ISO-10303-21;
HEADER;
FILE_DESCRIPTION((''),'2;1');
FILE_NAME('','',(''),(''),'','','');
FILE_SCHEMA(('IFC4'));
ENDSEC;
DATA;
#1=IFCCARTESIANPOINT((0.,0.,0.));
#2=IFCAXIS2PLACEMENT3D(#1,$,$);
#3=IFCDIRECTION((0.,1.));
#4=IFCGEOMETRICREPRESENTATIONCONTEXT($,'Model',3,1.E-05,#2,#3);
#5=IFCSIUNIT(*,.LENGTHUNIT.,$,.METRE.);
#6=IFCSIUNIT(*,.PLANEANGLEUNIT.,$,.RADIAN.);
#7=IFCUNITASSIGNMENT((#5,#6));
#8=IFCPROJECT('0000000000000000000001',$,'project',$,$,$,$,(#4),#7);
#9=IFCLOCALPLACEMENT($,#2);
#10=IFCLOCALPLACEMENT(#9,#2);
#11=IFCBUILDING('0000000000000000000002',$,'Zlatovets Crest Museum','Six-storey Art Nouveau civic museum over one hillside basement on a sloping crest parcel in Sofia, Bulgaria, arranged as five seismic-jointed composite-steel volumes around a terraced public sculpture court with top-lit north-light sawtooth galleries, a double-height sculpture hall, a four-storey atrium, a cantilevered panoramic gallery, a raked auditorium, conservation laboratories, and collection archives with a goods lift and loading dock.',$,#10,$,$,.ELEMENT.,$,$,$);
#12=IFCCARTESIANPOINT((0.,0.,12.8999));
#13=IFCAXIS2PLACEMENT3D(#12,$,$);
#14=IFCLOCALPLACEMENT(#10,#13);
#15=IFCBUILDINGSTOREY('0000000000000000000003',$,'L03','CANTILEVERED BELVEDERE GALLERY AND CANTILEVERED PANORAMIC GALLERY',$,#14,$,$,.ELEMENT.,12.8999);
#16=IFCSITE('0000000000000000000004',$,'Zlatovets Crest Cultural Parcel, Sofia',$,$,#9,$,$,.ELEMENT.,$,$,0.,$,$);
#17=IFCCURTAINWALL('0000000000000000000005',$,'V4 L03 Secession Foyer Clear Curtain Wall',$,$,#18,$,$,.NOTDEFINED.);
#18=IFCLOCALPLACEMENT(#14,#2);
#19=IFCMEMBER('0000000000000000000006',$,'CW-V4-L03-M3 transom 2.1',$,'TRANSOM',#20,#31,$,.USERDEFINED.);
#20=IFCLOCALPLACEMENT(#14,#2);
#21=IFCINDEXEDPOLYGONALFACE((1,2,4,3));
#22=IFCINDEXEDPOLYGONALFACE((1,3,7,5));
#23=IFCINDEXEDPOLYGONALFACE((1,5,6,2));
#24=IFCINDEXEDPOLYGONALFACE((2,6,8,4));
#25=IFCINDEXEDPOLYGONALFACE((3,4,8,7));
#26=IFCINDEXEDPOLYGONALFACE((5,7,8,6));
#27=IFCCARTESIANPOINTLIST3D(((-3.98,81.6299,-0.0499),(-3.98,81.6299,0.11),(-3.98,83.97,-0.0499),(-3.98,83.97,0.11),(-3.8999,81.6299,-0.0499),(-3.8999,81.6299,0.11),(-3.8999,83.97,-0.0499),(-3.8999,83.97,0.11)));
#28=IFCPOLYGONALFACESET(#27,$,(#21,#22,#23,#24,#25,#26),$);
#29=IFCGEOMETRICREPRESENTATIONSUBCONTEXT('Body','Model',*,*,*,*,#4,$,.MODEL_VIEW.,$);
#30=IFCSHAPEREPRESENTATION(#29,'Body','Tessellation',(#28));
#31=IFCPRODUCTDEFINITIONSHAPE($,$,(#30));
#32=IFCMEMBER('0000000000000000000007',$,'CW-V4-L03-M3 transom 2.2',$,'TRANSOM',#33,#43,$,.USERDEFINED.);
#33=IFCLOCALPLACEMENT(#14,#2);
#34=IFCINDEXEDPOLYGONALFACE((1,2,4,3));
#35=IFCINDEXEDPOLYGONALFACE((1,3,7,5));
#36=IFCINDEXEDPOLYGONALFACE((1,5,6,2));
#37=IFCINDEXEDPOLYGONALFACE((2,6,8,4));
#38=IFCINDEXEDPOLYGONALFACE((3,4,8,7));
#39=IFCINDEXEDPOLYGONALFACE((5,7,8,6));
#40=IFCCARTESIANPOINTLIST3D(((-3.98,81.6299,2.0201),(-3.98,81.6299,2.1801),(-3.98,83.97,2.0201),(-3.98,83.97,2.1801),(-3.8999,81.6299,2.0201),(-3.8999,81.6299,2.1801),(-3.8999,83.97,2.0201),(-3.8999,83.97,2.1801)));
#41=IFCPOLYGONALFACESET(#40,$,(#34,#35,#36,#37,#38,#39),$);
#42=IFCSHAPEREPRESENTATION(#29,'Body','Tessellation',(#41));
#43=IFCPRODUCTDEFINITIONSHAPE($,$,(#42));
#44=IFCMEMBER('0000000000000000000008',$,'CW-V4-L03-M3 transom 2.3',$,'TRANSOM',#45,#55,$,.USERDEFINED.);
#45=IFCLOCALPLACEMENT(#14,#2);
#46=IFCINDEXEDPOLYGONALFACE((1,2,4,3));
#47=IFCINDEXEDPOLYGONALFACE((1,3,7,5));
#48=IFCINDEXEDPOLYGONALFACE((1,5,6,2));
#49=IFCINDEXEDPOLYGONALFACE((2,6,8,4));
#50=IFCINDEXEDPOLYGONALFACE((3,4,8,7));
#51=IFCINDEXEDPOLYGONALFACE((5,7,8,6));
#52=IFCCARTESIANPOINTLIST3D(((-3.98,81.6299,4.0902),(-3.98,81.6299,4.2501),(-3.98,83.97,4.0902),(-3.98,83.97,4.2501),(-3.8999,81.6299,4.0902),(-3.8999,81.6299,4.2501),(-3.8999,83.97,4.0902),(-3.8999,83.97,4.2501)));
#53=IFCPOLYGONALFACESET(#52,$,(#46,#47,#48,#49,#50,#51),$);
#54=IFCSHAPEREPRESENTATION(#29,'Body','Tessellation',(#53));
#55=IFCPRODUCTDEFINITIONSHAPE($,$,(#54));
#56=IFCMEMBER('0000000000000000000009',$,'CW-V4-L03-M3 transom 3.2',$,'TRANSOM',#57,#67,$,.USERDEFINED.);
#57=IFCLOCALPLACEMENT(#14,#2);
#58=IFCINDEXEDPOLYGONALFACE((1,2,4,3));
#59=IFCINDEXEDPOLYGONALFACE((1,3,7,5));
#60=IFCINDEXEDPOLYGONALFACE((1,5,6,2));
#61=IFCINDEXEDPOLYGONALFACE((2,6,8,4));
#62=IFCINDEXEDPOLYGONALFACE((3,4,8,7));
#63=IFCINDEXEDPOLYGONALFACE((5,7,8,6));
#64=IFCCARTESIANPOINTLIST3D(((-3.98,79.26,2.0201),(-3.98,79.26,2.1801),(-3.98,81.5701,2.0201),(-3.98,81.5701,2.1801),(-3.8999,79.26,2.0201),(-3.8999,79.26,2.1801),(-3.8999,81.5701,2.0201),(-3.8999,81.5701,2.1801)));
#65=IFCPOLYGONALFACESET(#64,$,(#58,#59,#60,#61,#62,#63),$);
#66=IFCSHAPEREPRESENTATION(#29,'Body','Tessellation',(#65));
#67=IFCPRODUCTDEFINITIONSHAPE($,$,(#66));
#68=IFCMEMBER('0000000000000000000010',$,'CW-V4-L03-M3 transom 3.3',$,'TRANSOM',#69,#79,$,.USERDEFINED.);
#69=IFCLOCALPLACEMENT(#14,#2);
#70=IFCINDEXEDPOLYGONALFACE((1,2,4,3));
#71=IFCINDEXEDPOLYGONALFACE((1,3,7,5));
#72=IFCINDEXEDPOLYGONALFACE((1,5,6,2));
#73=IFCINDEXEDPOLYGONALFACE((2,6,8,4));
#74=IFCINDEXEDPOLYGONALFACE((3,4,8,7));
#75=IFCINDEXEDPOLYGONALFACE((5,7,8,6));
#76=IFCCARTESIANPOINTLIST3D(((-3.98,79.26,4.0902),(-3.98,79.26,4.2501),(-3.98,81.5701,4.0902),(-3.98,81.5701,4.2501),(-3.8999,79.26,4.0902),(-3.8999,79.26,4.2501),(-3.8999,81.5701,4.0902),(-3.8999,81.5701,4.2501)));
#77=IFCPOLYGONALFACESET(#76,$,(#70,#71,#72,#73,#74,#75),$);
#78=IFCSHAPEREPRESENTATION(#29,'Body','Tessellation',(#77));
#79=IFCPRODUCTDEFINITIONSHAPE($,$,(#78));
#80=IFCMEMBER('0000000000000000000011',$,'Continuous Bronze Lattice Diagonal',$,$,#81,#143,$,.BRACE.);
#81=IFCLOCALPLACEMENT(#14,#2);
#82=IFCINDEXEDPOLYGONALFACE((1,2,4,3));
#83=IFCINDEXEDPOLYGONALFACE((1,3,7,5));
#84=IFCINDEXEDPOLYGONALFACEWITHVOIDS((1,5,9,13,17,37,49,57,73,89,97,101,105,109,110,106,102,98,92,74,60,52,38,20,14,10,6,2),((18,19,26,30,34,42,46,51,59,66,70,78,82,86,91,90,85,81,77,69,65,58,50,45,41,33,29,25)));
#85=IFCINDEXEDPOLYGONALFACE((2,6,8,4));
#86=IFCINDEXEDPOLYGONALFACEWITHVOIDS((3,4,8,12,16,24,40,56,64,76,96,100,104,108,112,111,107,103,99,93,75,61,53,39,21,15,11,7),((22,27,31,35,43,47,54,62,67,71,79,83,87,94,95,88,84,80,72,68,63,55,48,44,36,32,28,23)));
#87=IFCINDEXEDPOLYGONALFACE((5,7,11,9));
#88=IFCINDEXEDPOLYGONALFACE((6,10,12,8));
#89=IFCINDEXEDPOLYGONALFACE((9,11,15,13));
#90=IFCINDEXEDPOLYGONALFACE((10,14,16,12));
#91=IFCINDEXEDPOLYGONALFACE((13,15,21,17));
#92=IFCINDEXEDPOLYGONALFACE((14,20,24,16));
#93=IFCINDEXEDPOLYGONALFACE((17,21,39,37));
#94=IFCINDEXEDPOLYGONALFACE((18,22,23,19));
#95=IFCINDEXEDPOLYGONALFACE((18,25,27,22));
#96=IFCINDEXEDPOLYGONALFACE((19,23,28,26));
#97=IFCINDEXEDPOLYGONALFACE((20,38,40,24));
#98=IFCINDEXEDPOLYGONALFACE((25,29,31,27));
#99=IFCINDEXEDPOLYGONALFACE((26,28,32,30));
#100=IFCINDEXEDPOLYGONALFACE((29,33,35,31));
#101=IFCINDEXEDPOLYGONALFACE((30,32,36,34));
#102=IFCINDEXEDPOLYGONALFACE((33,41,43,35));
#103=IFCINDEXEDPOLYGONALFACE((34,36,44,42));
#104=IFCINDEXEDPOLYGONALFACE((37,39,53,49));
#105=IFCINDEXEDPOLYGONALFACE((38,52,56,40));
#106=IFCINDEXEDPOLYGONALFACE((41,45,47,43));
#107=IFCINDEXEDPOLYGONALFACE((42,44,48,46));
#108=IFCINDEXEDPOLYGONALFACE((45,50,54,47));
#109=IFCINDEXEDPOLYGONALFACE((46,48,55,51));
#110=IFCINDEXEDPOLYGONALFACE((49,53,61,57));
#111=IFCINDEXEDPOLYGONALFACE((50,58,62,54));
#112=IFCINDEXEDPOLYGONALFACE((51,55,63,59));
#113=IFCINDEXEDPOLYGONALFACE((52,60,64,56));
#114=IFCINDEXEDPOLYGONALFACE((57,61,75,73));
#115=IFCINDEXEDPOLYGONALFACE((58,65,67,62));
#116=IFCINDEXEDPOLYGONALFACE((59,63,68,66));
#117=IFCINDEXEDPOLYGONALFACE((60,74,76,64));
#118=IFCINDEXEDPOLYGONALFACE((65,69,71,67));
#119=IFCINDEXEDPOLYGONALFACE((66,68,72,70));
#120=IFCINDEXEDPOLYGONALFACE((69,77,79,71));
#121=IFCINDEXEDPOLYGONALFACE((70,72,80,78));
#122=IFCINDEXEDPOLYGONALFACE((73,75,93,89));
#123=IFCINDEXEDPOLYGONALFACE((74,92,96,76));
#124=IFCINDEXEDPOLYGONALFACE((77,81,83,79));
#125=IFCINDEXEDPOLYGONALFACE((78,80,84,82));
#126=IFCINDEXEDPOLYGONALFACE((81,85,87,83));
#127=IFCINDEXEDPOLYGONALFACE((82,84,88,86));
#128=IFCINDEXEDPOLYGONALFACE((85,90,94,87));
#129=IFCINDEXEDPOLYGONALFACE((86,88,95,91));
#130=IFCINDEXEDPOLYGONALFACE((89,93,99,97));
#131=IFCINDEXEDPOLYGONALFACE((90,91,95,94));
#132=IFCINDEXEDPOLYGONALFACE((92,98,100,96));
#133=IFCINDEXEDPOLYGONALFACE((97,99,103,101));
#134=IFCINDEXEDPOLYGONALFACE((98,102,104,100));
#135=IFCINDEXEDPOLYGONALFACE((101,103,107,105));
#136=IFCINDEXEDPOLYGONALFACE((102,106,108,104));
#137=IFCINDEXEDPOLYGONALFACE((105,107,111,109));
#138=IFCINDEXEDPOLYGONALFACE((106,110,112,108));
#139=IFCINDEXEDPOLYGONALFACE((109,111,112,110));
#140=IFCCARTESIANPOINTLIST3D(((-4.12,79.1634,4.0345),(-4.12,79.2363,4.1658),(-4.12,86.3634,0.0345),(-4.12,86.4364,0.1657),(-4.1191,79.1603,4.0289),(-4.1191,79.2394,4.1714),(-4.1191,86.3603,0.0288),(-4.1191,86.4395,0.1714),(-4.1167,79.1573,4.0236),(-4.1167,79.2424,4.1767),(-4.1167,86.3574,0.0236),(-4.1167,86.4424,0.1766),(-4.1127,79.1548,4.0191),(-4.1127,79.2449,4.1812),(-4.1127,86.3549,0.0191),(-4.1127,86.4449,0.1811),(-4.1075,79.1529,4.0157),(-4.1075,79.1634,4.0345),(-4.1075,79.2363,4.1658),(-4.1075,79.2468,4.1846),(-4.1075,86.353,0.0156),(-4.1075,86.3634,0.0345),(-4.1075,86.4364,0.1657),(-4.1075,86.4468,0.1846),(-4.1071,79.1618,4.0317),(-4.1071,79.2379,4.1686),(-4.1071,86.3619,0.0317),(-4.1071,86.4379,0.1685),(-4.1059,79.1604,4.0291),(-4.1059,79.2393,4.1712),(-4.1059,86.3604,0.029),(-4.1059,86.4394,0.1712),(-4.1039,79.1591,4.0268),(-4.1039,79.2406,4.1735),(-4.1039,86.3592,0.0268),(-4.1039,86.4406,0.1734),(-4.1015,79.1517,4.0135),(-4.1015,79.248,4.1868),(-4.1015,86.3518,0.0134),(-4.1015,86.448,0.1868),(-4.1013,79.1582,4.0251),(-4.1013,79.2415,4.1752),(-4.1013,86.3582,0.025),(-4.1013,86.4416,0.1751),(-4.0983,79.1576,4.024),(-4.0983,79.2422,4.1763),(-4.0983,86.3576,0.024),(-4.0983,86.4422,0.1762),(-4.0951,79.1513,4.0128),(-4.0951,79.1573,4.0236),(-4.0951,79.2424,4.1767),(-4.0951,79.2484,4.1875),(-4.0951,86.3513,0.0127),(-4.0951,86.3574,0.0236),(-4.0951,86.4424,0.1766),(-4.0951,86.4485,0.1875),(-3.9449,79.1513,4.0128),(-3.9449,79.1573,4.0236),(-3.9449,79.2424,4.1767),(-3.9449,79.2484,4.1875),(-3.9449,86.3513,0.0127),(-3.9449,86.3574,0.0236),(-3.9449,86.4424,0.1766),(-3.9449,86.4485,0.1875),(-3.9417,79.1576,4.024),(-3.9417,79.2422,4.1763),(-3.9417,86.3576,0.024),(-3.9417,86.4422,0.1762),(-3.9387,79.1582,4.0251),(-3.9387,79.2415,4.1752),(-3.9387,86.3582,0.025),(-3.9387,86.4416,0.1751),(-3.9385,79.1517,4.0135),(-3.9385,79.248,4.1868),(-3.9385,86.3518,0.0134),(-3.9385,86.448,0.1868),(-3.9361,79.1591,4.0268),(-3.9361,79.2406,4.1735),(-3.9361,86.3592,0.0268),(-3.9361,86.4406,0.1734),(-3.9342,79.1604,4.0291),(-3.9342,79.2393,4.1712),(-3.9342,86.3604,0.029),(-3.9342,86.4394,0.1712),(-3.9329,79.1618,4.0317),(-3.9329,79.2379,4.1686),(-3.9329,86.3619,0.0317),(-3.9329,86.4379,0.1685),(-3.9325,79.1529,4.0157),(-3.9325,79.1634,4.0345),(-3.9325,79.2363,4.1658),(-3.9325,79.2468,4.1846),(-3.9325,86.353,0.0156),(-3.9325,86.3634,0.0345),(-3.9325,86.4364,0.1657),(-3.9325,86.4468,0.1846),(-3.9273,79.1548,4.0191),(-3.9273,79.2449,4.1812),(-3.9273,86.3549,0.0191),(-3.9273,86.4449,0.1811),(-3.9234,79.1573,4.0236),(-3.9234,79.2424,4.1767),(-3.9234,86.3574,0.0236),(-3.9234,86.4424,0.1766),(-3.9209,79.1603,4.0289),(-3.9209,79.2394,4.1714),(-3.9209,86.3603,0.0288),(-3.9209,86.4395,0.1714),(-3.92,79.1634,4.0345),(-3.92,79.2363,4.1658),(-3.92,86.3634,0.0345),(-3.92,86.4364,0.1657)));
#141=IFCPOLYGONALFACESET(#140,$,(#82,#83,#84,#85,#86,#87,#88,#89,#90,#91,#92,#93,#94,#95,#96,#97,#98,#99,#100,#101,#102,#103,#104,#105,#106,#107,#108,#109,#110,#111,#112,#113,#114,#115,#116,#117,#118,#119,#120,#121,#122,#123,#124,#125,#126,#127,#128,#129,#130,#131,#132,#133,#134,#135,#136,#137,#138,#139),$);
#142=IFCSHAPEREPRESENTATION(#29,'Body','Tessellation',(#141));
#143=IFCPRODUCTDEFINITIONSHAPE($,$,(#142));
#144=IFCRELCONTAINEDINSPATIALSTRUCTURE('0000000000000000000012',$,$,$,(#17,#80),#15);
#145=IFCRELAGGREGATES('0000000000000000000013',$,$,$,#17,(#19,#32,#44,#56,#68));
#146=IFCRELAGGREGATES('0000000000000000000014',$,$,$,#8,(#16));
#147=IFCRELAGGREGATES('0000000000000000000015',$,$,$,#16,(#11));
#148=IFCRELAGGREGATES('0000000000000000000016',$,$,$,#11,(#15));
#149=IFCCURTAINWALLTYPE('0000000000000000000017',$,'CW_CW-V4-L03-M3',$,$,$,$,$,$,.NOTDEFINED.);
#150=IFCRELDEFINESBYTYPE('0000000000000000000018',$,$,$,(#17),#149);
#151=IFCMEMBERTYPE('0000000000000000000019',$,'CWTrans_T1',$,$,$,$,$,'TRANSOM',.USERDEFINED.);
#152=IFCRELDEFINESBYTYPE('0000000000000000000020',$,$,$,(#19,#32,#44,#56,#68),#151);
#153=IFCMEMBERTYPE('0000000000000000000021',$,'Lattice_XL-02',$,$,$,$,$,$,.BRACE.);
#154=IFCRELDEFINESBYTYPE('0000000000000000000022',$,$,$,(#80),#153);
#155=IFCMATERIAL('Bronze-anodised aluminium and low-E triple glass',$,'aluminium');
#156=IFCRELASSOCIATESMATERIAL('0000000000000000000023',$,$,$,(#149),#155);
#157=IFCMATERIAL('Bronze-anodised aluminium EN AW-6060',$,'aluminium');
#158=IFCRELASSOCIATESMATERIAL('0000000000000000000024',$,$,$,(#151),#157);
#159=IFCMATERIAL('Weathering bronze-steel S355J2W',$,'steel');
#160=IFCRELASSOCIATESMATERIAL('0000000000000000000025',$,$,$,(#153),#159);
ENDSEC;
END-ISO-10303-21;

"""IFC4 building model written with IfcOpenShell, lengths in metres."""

from ifc_helpers import new_model, si_unit, direction, frame, origin, origin_2d, place, context, subcontext, project, spatial, rectangle, hollow_rectangle, extrude, material, material_profile, profile_set, type_object, element, aggregate, save


model = new_model("IFC4")

# Units and contexts
model_context = context("Model", 3, precision=1e-05, world=origin(), true_north=direction((0.0, 1.0)))
body_context = subcontext(model_context, "Body", "Model", "MODEL_VIEW")
ifc_project = project(units=[si_unit("LENGTHUNIT", "METRE"), si_unit("PLANEANGLEUNIT", "RADIAN")], contexts=[model_context])

# Site, building, storey
site_placement = place(None, origin())
site = spatial("IfcSite", under=ifc_project, at=site_placement, Name="Zlatovets Crest Cultural Parcel, Sofia", CompositionType="ELEMENT", RefElevation=0.0)
building_placement = place(site_placement, origin())
building = spatial("IfcBuilding", under=site, at=building_placement, Name="Zlatovets Crest Museum", Description="Six-storey Art Nouveau civic museum over one hillside basement on a sloping crest parcel in Sofia, Bulgaria, arranged as five seismic-jointed composite-steel volumes around a terraced public sculpture court with top-lit north-light sawtooth galleries, a double-height sculpture hall, a four-storey atrium, a cantilevered panoramic gallery, a raked auditorium, conservation laboratories, and collection archives with a goods lift and loading dock.", CompositionType="ELEMENT")
storey_placement = place(building_placement, frame((0.0, 0.0, 12.8999)))
storey = spatial("IfcBuildingStorey", under=building, at=storey_placement, Name="L03", Description="CANTILEVERED BELVEDERE GALLERY AND CANTILEVERED PANORAMIC GALLERY", CompositionType="ELEMENT", Elevation=12.8999)

# Shared definitions
ifc_material_1 = material(Name="Bronze-anodised aluminium and low-E triple glass", Category="aluminium")
ifc_material_2 = material(Name="Bronze-anodised aluminium EN AW-6060", Category="aluminium")

# Curtain wall, members
curtain_wall_type_1 = type_object("IfcCurtainWallType", Name="CW_CW-V4-L03-M3", PredefinedType="NOTDEFINED", material=ifc_material_1)
curtain_wall_1_placement = place(storey_placement, origin())
curtain_wall_1 = element("IfcCurtainWall", 1, at=curtain_wall_1_placement, inside=storey, type_object=curtain_wall_type_1, Name="V4 L03 Secession Foyer Clear Curtain Wall", PredefinedType="NOTDEFINED")
ifc_material_profile_1 = material_profile(ifc_material_2, rectangle(XDim=0.0801, YDim=0.1599, at=origin_2d()), Name="ALU 80x160")
ifc_profile_set_1 = profile_set([ifc_material_profile_1], Name="Bronze-anodised aluminium EN AW-6060")
member_type_1 = type_object("IfcMemberType", Name="CWTrans_T1", ElementType="TRANSOM", PredefinedType="USERDEFINED", material=ifc_profile_set_1)
member_1_placement = place(storey_placement, frame((-3.9399, 83.97, 0.03), z_axis=(0.0, -1.0, 0.0), x_axis=(1.0, 0.0, 0.0)))
member_1 = element("IfcMember", 2, at=member_1_placement, type_object=member_type_1, Name="CW-V4-L03-M3 transom 2.1", ObjectType="TRANSOM", PredefinedType="USERDEFINED", context=body_context, shape_type="SweptSolid", body=[
    extrude(rectangle(XDim=0.0801, YDim=0.1599, at=origin_2d()), origin(), (0.0, 0.0, 1.0), 2.3401),
])
member_2_placement = place(storey_placement, frame((-3.9399, 83.97, 2.1001), z_axis=(0.0, -1.0, 0.0), x_axis=(1.0, 0.0, 0.0)))
member_2 = element("IfcMember", 3, at=member_2_placement, type_object=member_type_1, Name="CW-V4-L03-M3 transom 2.2", ObjectType="TRANSOM", PredefinedType="USERDEFINED", context=body_context, shape_type="SweptSolid", body=[
    extrude(rectangle(XDim=0.0801, YDim=0.1599, at=origin_2d()), origin(), (0.0, 0.0, 1.0), 2.3401),
])
member_3_placement = place(storey_placement, frame((-3.9399, 83.97, 4.1702), z_axis=(0.0, -1.0, 0.0), x_axis=(1.0, 0.0, 0.0)))
member_3 = element("IfcMember", 4, at=member_3_placement, type_object=member_type_1, Name="CW-V4-L03-M3 transom 2.3", ObjectType="TRANSOM", PredefinedType="USERDEFINED", context=body_context, shape_type="SweptSolid", body=[
    extrude(rectangle(XDim=0.0801, YDim=0.1599, at=origin_2d()), origin(), (0.0, 0.0, 1.0), 2.3401),
])
member_4_placement = place(storey_placement, frame((-3.9399, 81.5701, 2.1001), z_axis=(0.0, -1.0, 0.0), x_axis=(1.0, 0.0, 0.0)))
member_4 = element("IfcMember", 5, at=member_4_placement, type_object=member_type_1, Name="CW-V4-L03-M3 transom 3.2", ObjectType="TRANSOM", PredefinedType="USERDEFINED", context=body_context, shape_type="SweptSolid", body=[
    extrude(rectangle(XDim=0.0801, YDim=0.1599, at=origin_2d()), origin(), (0.0, 0.0, 1.0), 2.3101),
])
member_5_placement = place(storey_placement, frame((-3.9399, 81.5701, 4.1702), z_axis=(0.0, -1.0, 0.0), x_axis=(1.0, 0.0, 0.0)))
member_5 = element("IfcMember", 6, at=member_5_placement, type_object=member_type_1, Name="CW-V4-L03-M3 transom 3.3", ObjectType="TRANSOM", PredefinedType="USERDEFINED", context=body_context, shape_type="SweptSolid", body=[
    extrude(rectangle(XDim=0.0801, YDim=0.1599, at=origin_2d()), origin(), (0.0, 0.0, 1.0), 2.3101),
])

# Member
ifc_material_3 = material(Name="Weathering bronze-steel S355J2W", Category="steel")
ifc_material_profile_2 = material_profile(ifc_material_3, hollow_rectangle(XDim=0.2, YDim=0.2, WallThickness=0.0125, InnerFilletRadius=0.0125, OuterFilletRadius=0.0249, at=origin_2d()), Name="SHS 200x200x12.5")
ifc_profile_set_2 = profile_set([ifc_material_profile_2], Name="Weathering bronze-steel S355J2W")
member_type_2 = type_object("IfcMemberType", Name="Lattice_XL-02", PredefinedType="BRACE", material=ifc_profile_set_2)
member_6_placement = place(storey_placement, frame((-4.02, 86.3999, 0.1001), z_axis=(0.0, -0.874156, 0.485645), x_axis=(1.0, 0.0, 0.0)))
element("IfcMember", 7, at=member_6_placement, inside=storey, type_object=member_type_2, Name="Continuous Bronze Lattice Diagonal", PredefinedType="BRACE", context=body_context, shape_type="SweptSolid", body=[
    extrude(hollow_rectangle(XDim=0.2, YDim=0.2, WallThickness=0.0125, InnerFilletRadius=0.0125, OuterFilletRadius=0.0249, at=origin_2d()), origin(), (0.0, 0.0, 1.0), 8.2366),
])

aggregate(curtain_wall_1, [member_1, member_2, member_3, member_4, member_5])

save(model, "model.ifc")
